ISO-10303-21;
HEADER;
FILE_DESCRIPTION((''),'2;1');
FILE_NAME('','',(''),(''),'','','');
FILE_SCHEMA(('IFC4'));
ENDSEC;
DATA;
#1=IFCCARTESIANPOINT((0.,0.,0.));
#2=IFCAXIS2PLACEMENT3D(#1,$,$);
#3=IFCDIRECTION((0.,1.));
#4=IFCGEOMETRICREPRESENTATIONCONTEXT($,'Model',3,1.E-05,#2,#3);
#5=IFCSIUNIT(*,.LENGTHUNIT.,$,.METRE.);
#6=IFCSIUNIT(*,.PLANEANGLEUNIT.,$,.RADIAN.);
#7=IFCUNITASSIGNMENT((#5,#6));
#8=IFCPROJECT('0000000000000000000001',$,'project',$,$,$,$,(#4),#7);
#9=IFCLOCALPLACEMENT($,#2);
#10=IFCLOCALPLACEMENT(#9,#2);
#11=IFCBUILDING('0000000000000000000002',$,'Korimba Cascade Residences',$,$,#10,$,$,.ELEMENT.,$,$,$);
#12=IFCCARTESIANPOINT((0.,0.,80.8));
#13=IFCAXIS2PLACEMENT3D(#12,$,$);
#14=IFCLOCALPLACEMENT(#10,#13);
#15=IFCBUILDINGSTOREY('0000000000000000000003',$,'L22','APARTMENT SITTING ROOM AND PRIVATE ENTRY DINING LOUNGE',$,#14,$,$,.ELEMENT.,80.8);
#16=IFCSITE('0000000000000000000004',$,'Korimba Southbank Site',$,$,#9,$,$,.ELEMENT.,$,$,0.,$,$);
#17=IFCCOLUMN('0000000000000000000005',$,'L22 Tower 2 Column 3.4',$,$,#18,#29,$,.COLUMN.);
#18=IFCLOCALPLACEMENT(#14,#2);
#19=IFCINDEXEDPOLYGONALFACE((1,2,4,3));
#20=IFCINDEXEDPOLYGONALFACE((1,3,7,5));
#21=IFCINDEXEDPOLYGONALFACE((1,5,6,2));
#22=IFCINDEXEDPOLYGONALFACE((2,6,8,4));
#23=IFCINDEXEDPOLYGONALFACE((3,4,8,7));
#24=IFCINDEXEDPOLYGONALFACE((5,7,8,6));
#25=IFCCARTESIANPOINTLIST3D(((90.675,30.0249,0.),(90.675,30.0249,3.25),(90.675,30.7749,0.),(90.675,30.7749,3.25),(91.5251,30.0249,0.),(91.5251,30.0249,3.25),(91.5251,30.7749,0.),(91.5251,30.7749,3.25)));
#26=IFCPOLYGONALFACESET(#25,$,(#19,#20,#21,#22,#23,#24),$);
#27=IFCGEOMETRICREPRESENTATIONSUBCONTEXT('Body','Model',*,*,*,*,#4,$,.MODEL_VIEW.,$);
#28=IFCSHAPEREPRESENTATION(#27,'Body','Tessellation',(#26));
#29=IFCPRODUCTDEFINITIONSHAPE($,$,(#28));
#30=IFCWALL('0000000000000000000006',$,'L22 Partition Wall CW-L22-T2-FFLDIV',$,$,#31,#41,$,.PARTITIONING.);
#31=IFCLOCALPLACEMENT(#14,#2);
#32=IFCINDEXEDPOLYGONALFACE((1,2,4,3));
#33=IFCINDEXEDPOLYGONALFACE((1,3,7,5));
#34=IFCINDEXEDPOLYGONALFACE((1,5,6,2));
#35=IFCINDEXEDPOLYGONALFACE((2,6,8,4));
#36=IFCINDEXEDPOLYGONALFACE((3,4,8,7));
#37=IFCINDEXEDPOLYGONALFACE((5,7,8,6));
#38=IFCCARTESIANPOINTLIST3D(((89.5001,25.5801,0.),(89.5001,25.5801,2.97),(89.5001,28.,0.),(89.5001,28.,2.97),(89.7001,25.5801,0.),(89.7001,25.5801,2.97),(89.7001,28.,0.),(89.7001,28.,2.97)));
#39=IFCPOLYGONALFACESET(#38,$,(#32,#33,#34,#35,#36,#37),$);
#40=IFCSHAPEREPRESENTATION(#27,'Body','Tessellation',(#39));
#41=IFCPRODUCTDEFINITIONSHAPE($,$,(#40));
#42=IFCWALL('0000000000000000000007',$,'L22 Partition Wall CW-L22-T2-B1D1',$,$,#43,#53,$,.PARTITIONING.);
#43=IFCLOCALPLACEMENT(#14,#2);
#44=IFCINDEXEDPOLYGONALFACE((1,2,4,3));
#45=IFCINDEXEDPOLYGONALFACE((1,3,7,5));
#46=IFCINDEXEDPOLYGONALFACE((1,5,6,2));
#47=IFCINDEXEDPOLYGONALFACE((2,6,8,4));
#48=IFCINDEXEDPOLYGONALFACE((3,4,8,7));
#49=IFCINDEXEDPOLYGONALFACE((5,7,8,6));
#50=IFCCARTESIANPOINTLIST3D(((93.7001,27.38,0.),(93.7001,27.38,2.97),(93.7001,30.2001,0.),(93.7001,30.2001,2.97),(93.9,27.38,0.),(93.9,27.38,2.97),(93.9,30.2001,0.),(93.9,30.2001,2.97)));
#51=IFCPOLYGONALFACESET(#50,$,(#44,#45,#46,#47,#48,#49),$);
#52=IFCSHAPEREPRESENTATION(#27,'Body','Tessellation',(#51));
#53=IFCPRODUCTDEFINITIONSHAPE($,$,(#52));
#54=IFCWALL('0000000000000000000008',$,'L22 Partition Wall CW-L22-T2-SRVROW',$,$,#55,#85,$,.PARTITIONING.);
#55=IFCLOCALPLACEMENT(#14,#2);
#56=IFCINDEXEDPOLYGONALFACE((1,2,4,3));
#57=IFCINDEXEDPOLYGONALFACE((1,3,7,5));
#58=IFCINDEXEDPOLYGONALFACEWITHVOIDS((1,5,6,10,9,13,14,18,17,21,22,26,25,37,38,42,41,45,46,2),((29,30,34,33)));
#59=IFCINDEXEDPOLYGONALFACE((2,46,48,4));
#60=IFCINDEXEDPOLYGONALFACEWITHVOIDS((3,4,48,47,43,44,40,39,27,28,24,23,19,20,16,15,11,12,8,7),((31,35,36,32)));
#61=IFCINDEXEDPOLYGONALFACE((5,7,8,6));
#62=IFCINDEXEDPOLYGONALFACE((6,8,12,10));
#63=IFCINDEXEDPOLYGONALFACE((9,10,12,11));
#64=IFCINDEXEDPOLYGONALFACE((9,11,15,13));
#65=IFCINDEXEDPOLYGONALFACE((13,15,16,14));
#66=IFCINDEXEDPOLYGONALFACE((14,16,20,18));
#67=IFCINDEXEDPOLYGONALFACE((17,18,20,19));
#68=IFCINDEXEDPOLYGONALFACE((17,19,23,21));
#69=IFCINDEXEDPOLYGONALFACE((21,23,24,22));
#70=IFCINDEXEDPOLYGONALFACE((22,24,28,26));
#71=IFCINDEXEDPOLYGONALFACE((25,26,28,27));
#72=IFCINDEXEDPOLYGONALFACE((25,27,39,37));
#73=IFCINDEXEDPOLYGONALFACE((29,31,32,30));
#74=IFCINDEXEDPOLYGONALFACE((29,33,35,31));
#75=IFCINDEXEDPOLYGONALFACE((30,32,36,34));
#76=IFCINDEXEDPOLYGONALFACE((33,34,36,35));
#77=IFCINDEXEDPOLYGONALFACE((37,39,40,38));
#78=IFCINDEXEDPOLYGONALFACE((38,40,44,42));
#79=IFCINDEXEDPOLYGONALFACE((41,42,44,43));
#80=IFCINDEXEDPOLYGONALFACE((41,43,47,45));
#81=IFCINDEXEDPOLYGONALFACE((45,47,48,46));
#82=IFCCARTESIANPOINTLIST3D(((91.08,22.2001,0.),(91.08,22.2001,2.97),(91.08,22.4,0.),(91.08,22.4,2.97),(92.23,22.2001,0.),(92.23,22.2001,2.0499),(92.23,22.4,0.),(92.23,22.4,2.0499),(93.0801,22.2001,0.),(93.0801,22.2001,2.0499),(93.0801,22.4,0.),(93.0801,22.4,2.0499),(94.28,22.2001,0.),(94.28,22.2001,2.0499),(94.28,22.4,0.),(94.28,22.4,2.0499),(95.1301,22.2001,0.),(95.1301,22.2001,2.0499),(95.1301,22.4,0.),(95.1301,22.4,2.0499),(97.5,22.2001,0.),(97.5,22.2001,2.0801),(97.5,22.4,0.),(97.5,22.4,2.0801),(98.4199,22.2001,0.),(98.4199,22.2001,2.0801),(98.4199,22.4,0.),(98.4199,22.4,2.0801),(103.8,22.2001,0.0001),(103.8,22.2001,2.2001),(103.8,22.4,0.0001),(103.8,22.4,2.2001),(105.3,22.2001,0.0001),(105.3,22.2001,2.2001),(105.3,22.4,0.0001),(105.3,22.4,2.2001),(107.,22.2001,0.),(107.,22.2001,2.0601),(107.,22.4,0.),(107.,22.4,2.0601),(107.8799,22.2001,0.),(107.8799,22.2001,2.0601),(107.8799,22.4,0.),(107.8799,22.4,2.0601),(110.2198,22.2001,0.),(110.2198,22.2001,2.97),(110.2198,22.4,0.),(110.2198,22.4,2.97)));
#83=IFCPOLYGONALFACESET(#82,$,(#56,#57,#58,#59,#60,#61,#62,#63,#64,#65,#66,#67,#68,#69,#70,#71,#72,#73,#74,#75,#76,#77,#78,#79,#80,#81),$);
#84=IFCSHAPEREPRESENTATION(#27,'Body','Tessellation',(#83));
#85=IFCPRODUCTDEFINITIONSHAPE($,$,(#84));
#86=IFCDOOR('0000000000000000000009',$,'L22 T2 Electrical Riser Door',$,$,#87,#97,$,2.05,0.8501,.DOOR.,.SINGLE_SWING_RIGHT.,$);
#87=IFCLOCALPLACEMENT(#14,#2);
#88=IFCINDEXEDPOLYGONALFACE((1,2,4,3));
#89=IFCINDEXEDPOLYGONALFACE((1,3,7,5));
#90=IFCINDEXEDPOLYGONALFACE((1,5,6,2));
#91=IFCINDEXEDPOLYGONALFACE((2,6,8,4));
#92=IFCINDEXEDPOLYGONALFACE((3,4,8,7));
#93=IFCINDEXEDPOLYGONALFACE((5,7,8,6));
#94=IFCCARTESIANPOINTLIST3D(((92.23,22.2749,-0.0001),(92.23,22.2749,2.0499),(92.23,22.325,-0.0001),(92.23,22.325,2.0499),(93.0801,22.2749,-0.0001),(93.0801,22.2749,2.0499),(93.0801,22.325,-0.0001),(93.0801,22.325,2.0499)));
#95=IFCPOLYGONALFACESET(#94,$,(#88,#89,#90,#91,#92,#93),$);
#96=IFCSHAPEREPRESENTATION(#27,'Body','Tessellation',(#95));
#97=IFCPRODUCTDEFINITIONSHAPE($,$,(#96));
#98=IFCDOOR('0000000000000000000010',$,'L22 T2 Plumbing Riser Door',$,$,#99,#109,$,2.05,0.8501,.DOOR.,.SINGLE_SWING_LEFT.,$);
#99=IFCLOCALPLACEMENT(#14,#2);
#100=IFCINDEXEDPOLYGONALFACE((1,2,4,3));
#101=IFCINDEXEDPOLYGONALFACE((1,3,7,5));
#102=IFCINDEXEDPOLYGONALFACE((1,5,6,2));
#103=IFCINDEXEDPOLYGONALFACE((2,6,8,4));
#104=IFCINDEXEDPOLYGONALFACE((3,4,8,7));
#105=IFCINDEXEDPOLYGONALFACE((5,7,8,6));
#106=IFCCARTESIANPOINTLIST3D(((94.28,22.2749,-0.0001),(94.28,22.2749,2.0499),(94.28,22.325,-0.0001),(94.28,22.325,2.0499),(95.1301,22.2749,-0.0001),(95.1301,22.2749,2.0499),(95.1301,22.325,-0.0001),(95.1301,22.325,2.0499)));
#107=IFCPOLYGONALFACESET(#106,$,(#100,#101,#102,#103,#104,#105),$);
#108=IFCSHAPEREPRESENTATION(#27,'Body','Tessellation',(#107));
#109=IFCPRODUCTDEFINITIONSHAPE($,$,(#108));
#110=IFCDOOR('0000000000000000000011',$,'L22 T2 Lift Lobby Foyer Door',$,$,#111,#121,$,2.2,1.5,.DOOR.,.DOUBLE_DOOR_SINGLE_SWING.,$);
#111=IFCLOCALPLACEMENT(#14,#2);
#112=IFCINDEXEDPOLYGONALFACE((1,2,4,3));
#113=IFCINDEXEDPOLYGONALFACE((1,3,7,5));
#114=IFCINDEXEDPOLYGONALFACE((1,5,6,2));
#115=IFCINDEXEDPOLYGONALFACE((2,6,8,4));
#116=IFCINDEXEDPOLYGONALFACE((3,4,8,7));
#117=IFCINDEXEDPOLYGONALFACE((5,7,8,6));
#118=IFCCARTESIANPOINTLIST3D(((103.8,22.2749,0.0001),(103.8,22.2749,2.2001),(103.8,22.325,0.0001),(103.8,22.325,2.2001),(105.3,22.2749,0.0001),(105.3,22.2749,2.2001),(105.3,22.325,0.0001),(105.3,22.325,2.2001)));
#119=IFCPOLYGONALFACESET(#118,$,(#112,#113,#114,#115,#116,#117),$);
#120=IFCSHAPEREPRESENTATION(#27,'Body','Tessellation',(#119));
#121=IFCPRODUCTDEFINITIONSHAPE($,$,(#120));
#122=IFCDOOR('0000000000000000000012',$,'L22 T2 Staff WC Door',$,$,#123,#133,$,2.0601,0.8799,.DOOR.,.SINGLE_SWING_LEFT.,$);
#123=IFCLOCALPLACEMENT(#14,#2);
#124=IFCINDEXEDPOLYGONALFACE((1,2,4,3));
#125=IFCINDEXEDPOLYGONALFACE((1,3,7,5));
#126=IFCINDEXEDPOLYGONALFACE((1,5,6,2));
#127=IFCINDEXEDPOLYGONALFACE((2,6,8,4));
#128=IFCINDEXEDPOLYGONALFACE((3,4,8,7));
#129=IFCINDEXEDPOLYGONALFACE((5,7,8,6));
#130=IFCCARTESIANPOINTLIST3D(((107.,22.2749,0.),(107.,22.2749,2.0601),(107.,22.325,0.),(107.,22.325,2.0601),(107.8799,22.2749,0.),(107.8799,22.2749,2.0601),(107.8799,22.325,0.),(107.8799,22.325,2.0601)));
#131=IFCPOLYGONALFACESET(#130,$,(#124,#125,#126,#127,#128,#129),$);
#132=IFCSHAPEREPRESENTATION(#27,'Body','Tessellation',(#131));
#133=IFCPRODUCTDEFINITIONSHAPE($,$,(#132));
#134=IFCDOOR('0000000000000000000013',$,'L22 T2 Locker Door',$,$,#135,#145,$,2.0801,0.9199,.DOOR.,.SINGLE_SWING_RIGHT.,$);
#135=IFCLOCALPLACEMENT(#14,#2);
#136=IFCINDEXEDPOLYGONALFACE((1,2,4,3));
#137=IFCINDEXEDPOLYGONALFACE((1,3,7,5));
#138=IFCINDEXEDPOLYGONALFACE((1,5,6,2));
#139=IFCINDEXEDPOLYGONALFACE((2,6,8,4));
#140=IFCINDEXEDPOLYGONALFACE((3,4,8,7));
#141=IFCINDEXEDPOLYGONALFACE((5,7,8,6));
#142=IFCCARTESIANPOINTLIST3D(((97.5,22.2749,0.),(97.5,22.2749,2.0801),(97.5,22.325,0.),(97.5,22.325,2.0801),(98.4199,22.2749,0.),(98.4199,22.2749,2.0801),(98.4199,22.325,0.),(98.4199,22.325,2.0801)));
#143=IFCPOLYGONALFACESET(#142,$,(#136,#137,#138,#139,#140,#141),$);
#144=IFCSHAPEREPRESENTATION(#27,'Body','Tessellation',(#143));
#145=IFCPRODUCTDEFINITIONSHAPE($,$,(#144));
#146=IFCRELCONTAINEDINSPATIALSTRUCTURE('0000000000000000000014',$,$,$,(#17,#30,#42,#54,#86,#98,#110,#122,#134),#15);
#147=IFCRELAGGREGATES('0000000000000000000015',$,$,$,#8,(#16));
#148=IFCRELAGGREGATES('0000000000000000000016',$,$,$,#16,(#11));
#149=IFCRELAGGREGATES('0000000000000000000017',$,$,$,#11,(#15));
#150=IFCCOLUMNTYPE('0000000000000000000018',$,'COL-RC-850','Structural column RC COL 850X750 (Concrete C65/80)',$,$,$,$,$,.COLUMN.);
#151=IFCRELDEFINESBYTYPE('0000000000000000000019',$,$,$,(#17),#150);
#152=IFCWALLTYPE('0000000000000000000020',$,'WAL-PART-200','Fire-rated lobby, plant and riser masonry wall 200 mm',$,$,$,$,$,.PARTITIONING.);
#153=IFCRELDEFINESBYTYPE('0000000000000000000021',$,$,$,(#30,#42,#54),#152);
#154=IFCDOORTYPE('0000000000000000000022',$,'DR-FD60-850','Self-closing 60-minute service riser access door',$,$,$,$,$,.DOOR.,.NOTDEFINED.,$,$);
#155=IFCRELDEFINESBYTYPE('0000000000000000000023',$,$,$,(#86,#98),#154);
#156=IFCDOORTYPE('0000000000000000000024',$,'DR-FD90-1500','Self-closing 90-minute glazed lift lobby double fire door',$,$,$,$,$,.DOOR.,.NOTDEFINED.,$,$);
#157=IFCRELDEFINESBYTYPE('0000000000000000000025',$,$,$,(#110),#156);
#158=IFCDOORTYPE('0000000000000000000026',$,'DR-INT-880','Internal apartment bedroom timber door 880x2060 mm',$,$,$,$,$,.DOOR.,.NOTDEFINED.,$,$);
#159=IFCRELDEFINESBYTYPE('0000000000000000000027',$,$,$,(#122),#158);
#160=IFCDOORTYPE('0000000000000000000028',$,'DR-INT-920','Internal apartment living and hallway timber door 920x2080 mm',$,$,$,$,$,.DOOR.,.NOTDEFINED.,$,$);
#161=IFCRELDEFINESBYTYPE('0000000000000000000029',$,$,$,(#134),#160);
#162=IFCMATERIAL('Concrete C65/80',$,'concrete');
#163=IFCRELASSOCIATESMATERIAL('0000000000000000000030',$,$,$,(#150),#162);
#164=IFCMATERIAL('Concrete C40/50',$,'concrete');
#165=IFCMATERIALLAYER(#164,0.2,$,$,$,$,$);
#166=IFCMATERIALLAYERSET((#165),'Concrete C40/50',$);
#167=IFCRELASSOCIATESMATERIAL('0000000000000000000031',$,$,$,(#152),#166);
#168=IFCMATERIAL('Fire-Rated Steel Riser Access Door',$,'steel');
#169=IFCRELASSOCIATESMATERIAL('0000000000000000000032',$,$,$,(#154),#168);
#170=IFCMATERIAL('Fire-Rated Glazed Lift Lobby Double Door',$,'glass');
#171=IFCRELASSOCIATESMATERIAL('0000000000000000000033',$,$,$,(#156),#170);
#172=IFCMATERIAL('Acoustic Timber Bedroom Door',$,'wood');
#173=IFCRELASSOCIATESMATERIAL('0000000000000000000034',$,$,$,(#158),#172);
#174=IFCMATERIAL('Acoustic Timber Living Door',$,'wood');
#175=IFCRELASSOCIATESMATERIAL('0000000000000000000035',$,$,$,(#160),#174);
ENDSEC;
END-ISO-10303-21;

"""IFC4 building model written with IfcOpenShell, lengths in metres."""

from ifc_helpers import new_model, si_unit, direction, frame, frame_2d, origin, origin_2d, place, context, subcontext, project, spatial, rectangle, extrude, material, layer, layer_set, material_profile, profile_set, type_object, element, fill, save


model = new_model("IFC4")

# Units and contexts
model_context = context("Model", 3, precision=1e-05, world=origin(), true_north=direction((0.0, 1.0)))
body_context = subcontext(model_context, "Body", "Model", "MODEL_VIEW")
ifc_project = project(units=[si_unit("LENGTHUNIT", "METRE"), si_unit("PLANEANGLEUNIT", "RADIAN")], contexts=[model_context])

# Site, building, storey
site_placement = place(None, origin())
site = spatial("IfcSite", under=ifc_project, at=site_placement, Name="Korimba Southbank Site", CompositionType="ELEMENT", RefElevation=0.0)
building_placement = place(site_placement, origin())
building = spatial("IfcBuilding", under=site, at=building_placement, Name="Korimba Cascade Residences", CompositionType="ELEMENT")
storey_placement = place(building_placement, frame((0.0, 0.0, 80.8)))
storey = spatial("IfcBuildingStorey", under=building, at=storey_placement, Name="L22", Description="APARTMENT SITTING ROOM AND PRIVATE ENTRY DINING LOUNGE", CompositionType="ELEMENT", Elevation=80.8)

# Column
ifc_material_1 = material(Name="Concrete C65/80", Category="concrete")
ifc_material_profile = material_profile(ifc_material_1, rectangle(XDim=0.8501, YDim=0.75, at=origin_2d()), Name="Concrete C65/80")
ifc_profile_set = profile_set([ifc_material_profile], Name="Concrete C65/80")
column_type = type_object("IfcColumnType", Name="COL-RC-850", Description="Structural column RC COL 850X750 (Concrete C65/80)", PredefinedType="COLUMN", material=ifc_profile_set)
column_placement = place(storey_placement, frame((91.1001, 30.3999, 0.0), z_axis=(0.0, 0.0, 1.0), x_axis=(1.0, 0.0, 0.0)))
element("IfcColumn", 1, at=column_placement, inside=storey, type_object=column_type, Name="L22 Tower 2 Column 3.4", PredefinedType="COLUMN", context=body_context, shape_type="SweptSolid", body=[
    extrude(rectangle(XDim=0.8501, YDim=0.75, at=origin_2d()), origin(), (0.0, 0.0, 1.0), 3.25),
])

# Walls
ifc_material_2 = material(Name="Concrete C40/50", Category="concrete")
ifc_layer_1 = layer(ifc_material_2, 0.2)
ifc_layer_set_1 = layer_set([ifc_layer_1], Name="Concrete C40/50")
wall_type_1 = type_object("IfcWallType", Name="WAL-PART-200", Description="Fire-rated lobby, plant and riser masonry wall 200 mm", PredefinedType="PARTITIONING", material=ifc_layer_set_1)
wall_1_placement = place(storey_placement, frame((89.6001, 25.5801, 0.0), z_axis=(0.0, 0.0, 1.0), x_axis=(0.0, 1.0, 0.0)))
element("IfcWall", 2, at=wall_1_placement, inside=storey, type_object=wall_type_1, Name="L22 Partition Wall CW-L22-T2-FFLDIV", PredefinedType="PARTITIONING", context=body_context, shape_type="SweptSolid", body=[
    extrude(rectangle(XDim=2.4199, YDim=0.2, at=frame_2d((1.21, 0.0))), origin(), (0.0, 0.0, 1.0), 2.97),
])
wall_2_placement = place(storey_placement, frame((93.8, 27.3799, 0.0), z_axis=(0.0, 0.0, 1.0), x_axis=(0.0, 1.0, 0.0)))
element("IfcWall", 3, at=wall_2_placement, inside=storey, type_object=wall_type_1, Name="L22 Partition Wall CW-L22-T2-B1D1", PredefinedType="PARTITIONING", context=body_context, shape_type="SweptSolid", body=[
    extrude(rectangle(XDim=2.8201, YDim=0.2, at=frame_2d((1.4102, 0.0))), origin(), (0.0, 0.0, 1.0), 2.97),
])

# Wall, openings, doors
wall_3_placement = place(storey_placement, frame((91.0801, 22.3, 0.0), z_axis=(0.0, 0.0, 1.0), x_axis=(1.0, 0.0, 0.0)))
wall_3 = element("IfcWall", 4, at=wall_3_placement, inside=storey, type_object=wall_type_1, Name="L22 Partition Wall CW-L22-T2-SRVROW", PredefinedType="PARTITIONING", context=body_context, shape_type="SweptSolid", body=[
    extrude(rectangle(XDim=19.1399, YDim=0.2, at=frame_2d((9.5698, 0.0))), origin(), (0.0, 0.0, 1.0), 2.97),
])
opening_1_placement = place(wall_3_placement, frame((1.1499, 0.0, 0.0)))
opening_1 = element("IfcOpeningElement", 5, at=opening_1_placement, cuts=wall_3, PredefinedType="OPENING", context=body_context, shape_type="SweptSolid", body=[
    extrude(rectangle(XDim=0.8501, YDim=2.05, at=frame_2d((0.425, 1.0249))), frame((0.0, 0.1099, 0.0), z_axis=(0.0, -1.0, 0.0), x_axis=(1.0, 0.0, 0.0)), (0.0, 0.0, 1.0), 0.22),
])
opening_2_placement = place(wall_3_placement, frame((3.2, 0.0, 0.0)))
opening_2 = element("IfcOpeningElement", 6, at=opening_2_placement, cuts=wall_3, PredefinedType="OPENING", context=body_context, shape_type="SweptSolid", body=[
    extrude(rectangle(XDim=0.8501, YDim=2.05, at=frame_2d((0.425, 1.0249))), frame((0.0, 0.1099, 0.0), z_axis=(0.0, -1.0, 0.0), x_axis=(1.0, 0.0, 0.0)), (0.0, 0.0, 1.0), 0.22),
])
opening_3_placement = place(wall_3_placement, frame((12.72, 0.0, 0.0)))
opening_3 = element("IfcOpeningElement", 7, at=opening_3_placement, cuts=wall_3, PredefinedType="OPENING", context=body_context, shape_type="SweptSolid", body=[
    extrude(rectangle(XDim=1.5, YDim=2.2, at=frame_2d((0.75, 1.1001))), frame((0.0, 0.1099, 0.0), z_axis=(0.0, -1.0, 0.0), x_axis=(1.0, 0.0, 0.0)), (0.0, 0.0, 1.0), 0.22),
])
opening_4_placement = place(wall_3_placement, frame((6.4199, 0.0, 0.0)))
opening_4 = element("IfcOpeningElement", 8, at=opening_4_placement, cuts=wall_3, PredefinedType="OPENING", context=body_context, shape_type="SweptSolid", body=[
    extrude(rectangle(XDim=0.9199, YDim=2.0801, at=frame_2d((0.46, 1.04))), frame((0.0, 0.1099, 0.0), z_axis=(0.0, -1.0, 0.0), x_axis=(1.0, 0.0, 0.0)), (0.0, 0.0, 1.0), 0.22),
])
opening_5_placement = place(wall_3_placement, frame((15.9199, 0.0, 0.0)))
opening_5 = element("IfcOpeningElement", 9, at=opening_5_placement, cuts=wall_3, PredefinedType="OPENING", context=body_context, shape_type="SweptSolid", body=[
    extrude(rectangle(XDim=0.8799, YDim=2.0601, at=frame_2d((0.4399, 1.03))), frame((0.0, 0.1099, 0.0), z_axis=(0.0, -1.0, 0.0), x_axis=(1.0, 0.0, 0.0)), (0.0, 0.0, 1.0), 0.22),
])
ifc_material_3 = material(Name="Fire-Rated Steel Riser Access Door", Category="steel")
door_type_1 = type_object("IfcDoorType", Name="DR-FD60-850", Description="Self-closing 60-minute service riser access door", OperationType="NOTDEFINED", PredefinedType="DOOR", material=ifc_material_3)
door_1_placement = place(opening_1_placement, origin())
door_1 = element("IfcDoor", 10, at=door_1_placement, inside=storey, type_object=door_type_1, Name="L22 T2 Electrical Riser Door", OperationType="SINGLE_SWING_RIGHT", OverallHeight=2.05, OverallWidth=0.8501, PredefinedType="DOOR", context=body_context, shape_type="SweptSolid", body=[
    extrude(rectangle(XDim=0.8501, YDim=2.05, at=frame_2d((0.425, 1.0249))), frame((0.0, 0.0249, 0.0), z_axis=(0.0, -1.0, 0.0), x_axis=(1.0, 0.0, 0.0)), (0.0, 0.0, 1.0), 0.05),
])
fill(opening_1, door_1)
door_2_placement = place(opening_2_placement, origin())
door_2 = element("IfcDoor", 11, at=door_2_placement, inside=storey, type_object=door_type_1, Name="L22 T2 Plumbing Riser Door", OperationType="SINGLE_SWING_LEFT", OverallHeight=2.05, OverallWidth=0.8501, PredefinedType="DOOR", context=body_context, shape_type="SweptSolid", body=[
    extrude(rectangle(XDim=0.8501, YDim=2.05, at=frame_2d((0.425, 1.0249))), frame((0.0, 0.0249, 0.0), z_axis=(0.0, -1.0, 0.0), x_axis=(1.0, 0.0, 0.0)), (0.0, 0.0, 1.0), 0.05),
])
fill(opening_2, door_2)
ifc_material_4 = material(Name="Fire-Rated Glazed Lift Lobby Double Door", Category="glass")
door_type_2 = type_object("IfcDoorType", Name="DR-FD90-1500", Description="Self-closing 90-minute glazed lift lobby double fire door", OperationType="NOTDEFINED", PredefinedType="DOOR", material=ifc_material_4)
door_3_placement = place(opening_3_placement, origin())
door_3 = element("IfcDoor", 12, at=door_3_placement, inside=storey, type_object=door_type_2, Name="L22 T2 Lift Lobby Foyer Door", OperationType="DOUBLE_DOOR_SINGLE_SWING", OverallHeight=2.2, OverallWidth=1.5, PredefinedType="DOOR", context=body_context, shape_type="SweptSolid", body=[
    extrude(rectangle(XDim=1.5, YDim=2.2, at=frame_2d((0.75, 1.1001))), frame((0.0, 0.0249, 0.0), z_axis=(0.0, -1.0, 0.0), x_axis=(1.0, 0.0, 0.0)), (0.0, 0.0, 1.0), 0.05),
])
fill(opening_3, door_3)
ifc_material_5 = material(Name="Acoustic Timber Bedroom Door", Category="wood")
door_type_3 = type_object("IfcDoorType", Name="DR-INT-880", Description="Internal apartment bedroom timber door 880x2060 mm", OperationType="NOTDEFINED", PredefinedType="DOOR", material=ifc_material_5)
door_4_placement = place(opening_5_placement, origin())
door_4 = element("IfcDoor", 13, at=door_4_placement, inside=storey, type_object=door_type_3, Name="L22 T2 Staff WC Door", OperationType="SINGLE_SWING_LEFT", OverallHeight=2.0601, OverallWidth=0.8799, PredefinedType="DOOR", context=body_context, shape_type="SweptSolid", body=[
    extrude(rectangle(XDim=0.8799, YDim=2.0601, at=frame_2d((0.4399, 1.03))), frame((0.0, 0.0249, 0.0), z_axis=(0.0, -1.0, 0.0), x_axis=(1.0, 0.0, 0.0)), (0.0, 0.0, 1.0), 0.05),
])
fill(opening_5, door_4)
ifc_material_6 = material(Name="Acoustic Timber Living Door", Category="wood")
door_type_4 = type_object("IfcDoorType", Name="DR-INT-920", Description="Internal apartment living and hallway timber door 920x2080 mm", OperationType="NOTDEFINED", PredefinedType="DOOR", material=ifc_material_6)
door_5_placement = place(opening_4_placement, origin())
door_5 = element("IfcDoor", 14, at=door_5_placement, inside=storey, type_object=door_type_4, Name="L22 T2 Locker Door", OperationType="SINGLE_SWING_RIGHT", OverallHeight=2.0801, OverallWidth=0.9199, PredefinedType="DOOR", context=body_context, shape_type="SweptSolid", body=[
    extrude(rectangle(XDim=0.9199, YDim=2.0801, at=frame_2d((0.46, 1.04))), frame((0.0, 0.0249, 0.0), z_axis=(0.0, -1.0, 0.0), x_axis=(1.0, 0.0, 0.0)), (0.0, 0.0, 1.0), 0.05),
])
fill(opening_4, door_5)

save(model, "model.ifc")
